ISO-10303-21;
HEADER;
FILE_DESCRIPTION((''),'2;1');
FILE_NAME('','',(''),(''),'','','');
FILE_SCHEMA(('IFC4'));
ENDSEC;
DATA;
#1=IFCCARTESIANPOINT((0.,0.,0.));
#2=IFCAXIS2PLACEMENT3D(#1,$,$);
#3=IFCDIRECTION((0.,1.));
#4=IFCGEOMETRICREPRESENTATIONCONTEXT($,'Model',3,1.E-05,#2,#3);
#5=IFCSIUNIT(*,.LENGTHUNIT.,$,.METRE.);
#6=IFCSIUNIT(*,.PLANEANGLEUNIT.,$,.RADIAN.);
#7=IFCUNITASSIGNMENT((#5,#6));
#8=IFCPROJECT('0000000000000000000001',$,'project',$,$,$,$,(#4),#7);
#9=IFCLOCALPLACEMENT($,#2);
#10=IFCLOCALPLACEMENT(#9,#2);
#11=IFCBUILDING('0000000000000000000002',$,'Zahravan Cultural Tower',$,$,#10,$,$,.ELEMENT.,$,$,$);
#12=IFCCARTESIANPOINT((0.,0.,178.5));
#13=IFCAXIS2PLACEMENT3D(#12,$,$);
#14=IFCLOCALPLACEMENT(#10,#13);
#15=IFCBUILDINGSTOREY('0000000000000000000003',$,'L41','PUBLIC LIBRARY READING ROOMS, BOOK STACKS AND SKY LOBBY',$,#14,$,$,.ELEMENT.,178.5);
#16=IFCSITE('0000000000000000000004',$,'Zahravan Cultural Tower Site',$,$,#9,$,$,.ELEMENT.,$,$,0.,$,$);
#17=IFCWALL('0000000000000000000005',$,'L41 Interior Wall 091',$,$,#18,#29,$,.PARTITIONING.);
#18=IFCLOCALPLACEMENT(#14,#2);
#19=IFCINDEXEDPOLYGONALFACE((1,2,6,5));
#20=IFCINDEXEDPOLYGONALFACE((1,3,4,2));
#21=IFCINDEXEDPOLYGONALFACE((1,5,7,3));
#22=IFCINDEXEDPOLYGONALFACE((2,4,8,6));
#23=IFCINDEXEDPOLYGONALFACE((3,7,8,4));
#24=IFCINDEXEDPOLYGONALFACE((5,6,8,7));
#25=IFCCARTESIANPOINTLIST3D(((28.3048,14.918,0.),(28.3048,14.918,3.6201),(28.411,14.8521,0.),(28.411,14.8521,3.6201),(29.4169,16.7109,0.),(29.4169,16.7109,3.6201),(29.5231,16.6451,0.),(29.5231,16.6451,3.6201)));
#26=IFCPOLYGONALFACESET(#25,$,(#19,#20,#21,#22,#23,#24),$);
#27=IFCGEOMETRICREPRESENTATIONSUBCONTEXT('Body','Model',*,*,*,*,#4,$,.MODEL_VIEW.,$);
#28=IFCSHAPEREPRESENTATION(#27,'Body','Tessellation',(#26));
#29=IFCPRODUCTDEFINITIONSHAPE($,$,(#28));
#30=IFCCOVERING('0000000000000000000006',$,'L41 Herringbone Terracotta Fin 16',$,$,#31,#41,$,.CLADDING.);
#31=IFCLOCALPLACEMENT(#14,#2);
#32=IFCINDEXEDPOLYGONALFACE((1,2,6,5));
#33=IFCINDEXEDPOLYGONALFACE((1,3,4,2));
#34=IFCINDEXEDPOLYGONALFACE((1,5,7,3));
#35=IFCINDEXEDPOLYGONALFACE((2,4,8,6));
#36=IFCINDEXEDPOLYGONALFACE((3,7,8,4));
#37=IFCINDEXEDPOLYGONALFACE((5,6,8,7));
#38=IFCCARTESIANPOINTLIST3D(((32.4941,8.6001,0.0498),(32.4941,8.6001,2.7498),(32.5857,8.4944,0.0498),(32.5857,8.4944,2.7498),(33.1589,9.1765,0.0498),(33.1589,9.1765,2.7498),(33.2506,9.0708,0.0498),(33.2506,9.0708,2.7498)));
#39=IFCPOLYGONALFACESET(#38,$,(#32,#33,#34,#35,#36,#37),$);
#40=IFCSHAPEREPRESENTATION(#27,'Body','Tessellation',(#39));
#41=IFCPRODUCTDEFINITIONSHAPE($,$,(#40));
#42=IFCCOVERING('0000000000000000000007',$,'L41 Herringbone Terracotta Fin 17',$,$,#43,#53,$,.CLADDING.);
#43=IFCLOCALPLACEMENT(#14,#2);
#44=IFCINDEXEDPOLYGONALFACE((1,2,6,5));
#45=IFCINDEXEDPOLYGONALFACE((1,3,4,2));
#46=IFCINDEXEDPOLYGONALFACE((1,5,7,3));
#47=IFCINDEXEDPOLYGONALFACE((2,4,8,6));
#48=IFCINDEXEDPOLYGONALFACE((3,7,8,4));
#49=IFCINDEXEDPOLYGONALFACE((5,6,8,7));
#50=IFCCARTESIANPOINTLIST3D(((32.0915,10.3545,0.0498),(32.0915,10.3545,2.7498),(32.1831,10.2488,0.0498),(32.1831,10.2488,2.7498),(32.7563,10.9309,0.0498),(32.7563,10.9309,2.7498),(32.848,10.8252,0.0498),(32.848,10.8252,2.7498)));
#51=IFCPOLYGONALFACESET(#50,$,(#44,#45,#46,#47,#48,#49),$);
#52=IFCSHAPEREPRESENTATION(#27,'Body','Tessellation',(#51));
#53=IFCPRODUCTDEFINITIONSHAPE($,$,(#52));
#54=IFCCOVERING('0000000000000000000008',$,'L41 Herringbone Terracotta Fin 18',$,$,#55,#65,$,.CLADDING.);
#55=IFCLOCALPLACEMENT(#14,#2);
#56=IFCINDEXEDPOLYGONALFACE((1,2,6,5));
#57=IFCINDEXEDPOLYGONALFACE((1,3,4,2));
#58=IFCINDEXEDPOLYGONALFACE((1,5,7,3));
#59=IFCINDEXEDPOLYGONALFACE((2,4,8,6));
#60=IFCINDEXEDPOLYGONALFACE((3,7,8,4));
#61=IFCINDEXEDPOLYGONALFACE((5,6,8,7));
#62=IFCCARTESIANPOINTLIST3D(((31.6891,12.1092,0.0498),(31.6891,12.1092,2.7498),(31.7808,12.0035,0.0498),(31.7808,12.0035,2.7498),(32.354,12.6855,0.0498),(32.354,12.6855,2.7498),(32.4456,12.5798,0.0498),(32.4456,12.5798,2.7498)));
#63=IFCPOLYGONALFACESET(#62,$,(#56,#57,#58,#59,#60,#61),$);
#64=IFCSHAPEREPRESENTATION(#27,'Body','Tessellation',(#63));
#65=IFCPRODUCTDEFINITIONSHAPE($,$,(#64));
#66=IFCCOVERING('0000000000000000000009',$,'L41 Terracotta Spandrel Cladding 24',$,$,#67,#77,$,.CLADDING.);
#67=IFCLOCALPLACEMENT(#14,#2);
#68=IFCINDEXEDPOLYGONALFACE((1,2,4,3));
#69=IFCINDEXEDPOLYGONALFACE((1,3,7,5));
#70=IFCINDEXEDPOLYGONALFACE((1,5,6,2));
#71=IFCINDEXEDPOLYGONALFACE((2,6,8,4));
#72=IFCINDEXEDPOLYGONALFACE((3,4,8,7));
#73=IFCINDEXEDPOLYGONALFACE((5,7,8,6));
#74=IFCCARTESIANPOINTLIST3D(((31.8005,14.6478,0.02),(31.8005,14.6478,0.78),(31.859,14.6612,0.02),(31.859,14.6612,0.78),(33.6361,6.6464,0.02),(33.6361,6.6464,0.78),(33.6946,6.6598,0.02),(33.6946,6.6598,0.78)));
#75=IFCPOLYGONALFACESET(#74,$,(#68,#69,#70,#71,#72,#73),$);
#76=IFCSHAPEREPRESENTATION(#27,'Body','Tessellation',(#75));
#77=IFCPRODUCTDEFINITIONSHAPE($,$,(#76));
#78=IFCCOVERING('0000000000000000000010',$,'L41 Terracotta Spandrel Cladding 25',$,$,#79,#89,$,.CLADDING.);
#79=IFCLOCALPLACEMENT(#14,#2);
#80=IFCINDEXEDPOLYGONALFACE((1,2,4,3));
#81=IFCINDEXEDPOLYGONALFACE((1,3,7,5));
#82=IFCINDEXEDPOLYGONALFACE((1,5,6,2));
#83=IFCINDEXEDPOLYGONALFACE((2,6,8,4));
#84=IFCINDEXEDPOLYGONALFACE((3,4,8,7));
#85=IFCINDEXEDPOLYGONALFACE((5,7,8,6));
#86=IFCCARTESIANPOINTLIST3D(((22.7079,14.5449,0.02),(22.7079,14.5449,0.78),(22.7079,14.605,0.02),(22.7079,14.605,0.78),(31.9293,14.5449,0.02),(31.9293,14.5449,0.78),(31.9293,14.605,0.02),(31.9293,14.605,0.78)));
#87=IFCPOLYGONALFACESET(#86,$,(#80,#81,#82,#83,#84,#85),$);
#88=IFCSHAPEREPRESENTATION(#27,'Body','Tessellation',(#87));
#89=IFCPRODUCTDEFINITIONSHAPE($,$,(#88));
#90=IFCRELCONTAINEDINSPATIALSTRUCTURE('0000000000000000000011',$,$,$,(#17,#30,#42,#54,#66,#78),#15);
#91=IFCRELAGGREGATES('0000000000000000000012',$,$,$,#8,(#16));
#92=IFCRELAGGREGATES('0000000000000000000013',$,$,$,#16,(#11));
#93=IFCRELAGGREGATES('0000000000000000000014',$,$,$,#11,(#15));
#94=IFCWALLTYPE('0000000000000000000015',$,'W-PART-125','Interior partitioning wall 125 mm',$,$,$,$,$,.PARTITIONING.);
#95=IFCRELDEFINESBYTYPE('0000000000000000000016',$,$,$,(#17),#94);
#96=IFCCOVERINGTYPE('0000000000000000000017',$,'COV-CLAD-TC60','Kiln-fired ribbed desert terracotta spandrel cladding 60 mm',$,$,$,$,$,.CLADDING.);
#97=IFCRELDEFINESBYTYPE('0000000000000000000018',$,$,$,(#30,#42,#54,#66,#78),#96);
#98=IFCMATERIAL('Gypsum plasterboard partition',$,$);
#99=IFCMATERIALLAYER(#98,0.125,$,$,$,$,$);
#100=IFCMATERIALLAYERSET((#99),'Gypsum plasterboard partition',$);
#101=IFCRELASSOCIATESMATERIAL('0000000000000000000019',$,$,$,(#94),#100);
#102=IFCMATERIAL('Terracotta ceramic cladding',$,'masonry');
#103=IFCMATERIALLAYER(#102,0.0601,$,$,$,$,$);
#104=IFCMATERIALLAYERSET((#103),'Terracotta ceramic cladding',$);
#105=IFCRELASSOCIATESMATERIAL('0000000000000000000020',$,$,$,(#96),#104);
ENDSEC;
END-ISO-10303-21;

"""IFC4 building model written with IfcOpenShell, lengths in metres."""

from ifc_helpers import new_model, si_unit, direction, frame, frame_2d, origin, origin_2d, place, context, subcontext, project, spatial, rectangle, extrude, source, transform, mapped, material, layer, layer_set, type_object, element, save


model = new_model("IFC4")

# Units and contexts
model_context = context("Model", 3, precision=1e-05, world=origin(), true_north=direction((0.0, 1.0)))
body_context = subcontext(model_context, "Body", "Model", "MODEL_VIEW")
ifc_project = project(units=[si_unit("LENGTHUNIT", "METRE"), si_unit("PLANEANGLEUNIT", "RADIAN")], contexts=[model_context])

# Site, building, storey
site_placement = place(None, origin())
site = spatial("IfcSite", under=ifc_project, at=site_placement, Name="Zahravan Cultural Tower Site", CompositionType="ELEMENT", RefElevation=0.0)
building_placement = place(site_placement, origin())
building = spatial("IfcBuilding", under=site, at=building_placement, Name="Zahravan Cultural Tower", CompositionType="ELEMENT")
storey_placement = place(building_placement, frame((0.0, 0.0, 178.5)))
storey = spatial("IfcBuildingStorey", under=building, at=storey_placement, Name="L41", Description="PUBLIC LIBRARY READING ROOMS, BOOK STACKS AND SKY LOBBY", CompositionType="ELEMENT", Elevation=178.5)

# Shared definitions
ifc_material_1 = material(Name="Gypsum plasterboard partition")
ifc_layer_1 = layer(ifc_material_1, 0.125)
ifc_layer_set_1 = layer_set([ifc_layer_1], Name="Gypsum plasterboard partition")
wall_type_1 = type_object("IfcWallType", Name="W-PART-125", Description="Interior partitioning wall 125 mm", PredefinedType="PARTITIONING", material=ifc_layer_set_1)

# Wall
shared_shape_1 = source(origin(), body_context, "Body", "SweptSolid", [
    extrude(rectangle(XDim=2.1099, YDim=0.125, at=frame_2d((1.0549, 0.0))), origin(), (0.0, 0.0, 1.0), 3.6201),
])
wall_1_placement = place(storey_placement, frame((28.3579, 14.885, 0.0), z_axis=(0.0, 0.0, 1.0), x_axis=(0.527083, 0.849814, 0.0)))
element("IfcWall", 1, at=wall_1_placement, inside=storey, type_object=wall_type_1, Name="L41 Interior Wall 091", PredefinedType="PARTITIONING", context=body_context, shape_type="MappedRepresentation", body=[
    mapped(shared_shape_1, transform((0.0, 0.0, 0.0), x_axis=(1.0, 0.0, 0.0), y_axis=(0.0, 1.0, 0.0), z_axis=(0.0, 0.0, 1.0), scale=1.0)),
])

# Coverings
ifc_material_2 = material(Name="Terracotta ceramic cladding", Category="masonry")
ifc_layer_2 = layer(ifc_material_2, 0.0601)
ifc_layer_set_2 = layer_set([ifc_layer_2], Name="Terracotta ceramic cladding")
covering_type = type_object("IfcCoveringType", Name="COV-CLAD-TC60", Description="Kiln-fired ribbed desert terracotta spandrel cladding 60 mm", PredefinedType="CLADDING", material=ifc_layer_set_2)
shared_shape_2 = source(origin(), body_context, "Body", "SweptSolid", [
    extrude(rectangle(XDim=0.8799, YDim=0.1399, at=origin_2d()), origin(), (0.0, 0.0, 1.0), 2.7),
])
for number, where, z_axis, x_axis, name in (
    (2, (32.8723, 8.8354, 0.0498), (0.0, 0.0, 1.0), (-0.755613, -0.655018, 0.0), "L41 Herringbone Terracotta Fin 16"),
    (3, (32.4697, 10.5898, 0.0498), (0.0, 0.0, 1.0), (-0.755613, -0.655018, 0.0), "L41 Herringbone Terracotta Fin 17"),
    (4, (32.0674, 12.3445, 0.0498), (0.0, 0.0, 1.0), (-0.755613, -0.655018, 0.0), "L41 Herringbone Terracotta Fin 18"),
):
    element("IfcCovering", number, at=place(storey_placement, frame(where, z_axis=z_axis, x_axis=x_axis)), inside=storey, type_object=covering_type, Name=name, PredefinedType="CLADDING", context=body_context, shape_type="MappedRepresentation", body=[
        mapped(shared_shape_2, transform((0.0, 0.0, 0.0), x_axis=(1.0, 0.0, 0.0), y_axis=(0.0, 1.0, 0.0), z_axis=(0.0, 0.0, 1.0), scale=1.0)),
    ])
shared_shape_3 = source(origin(), body_context, "Body", "SweptSolid", [
    extrude(rectangle(XDim=8.2092, YDim=0.0601, at=origin_2d()), origin(), (0.0, 0.0, 1.0), 0.76),
])
covering_1_placement = place(storey_placement, frame((32.7476, 10.6538, 0.02), z_axis=(0.0, 0.0, 1.0), x_axis=(-0.223607, 0.974679, 0.0)))
element("IfcCovering", 5, at=covering_1_placement, inside=storey, type_object=covering_type, Name="L41 Terracotta Spandrel Cladding 24", PredefinedType="CLADDING", context=body_context, shape_type="MappedRepresentation", body=[
    mapped(shared_shape_3, transform((0.0, 0.0, 0.0), x_axis=(1.0, 0.0, 0.0), y_axis=(0.0, 1.0, 0.0), z_axis=(0.0, 0.0, 1.0), scale=1.0)),
])
shared_shape_4 = source(origin(), body_context, "Body", "SweptSolid", [
    extrude(rectangle(XDim=9.2214, YDim=0.0601, at=origin_2d()), origin(), (0.0, 0.0, 1.0), 0.76),
])
covering_2_placement = place(storey_placement, frame((27.3186, 14.575, 0.02), z_axis=(0.0, 0.0, 1.0), x_axis=(-1.0, 0.0, 0.0)))
element("IfcCovering", 6, at=covering_2_placement, inside=storey, type_object=covering_type, Name="L41 Terracotta Spandrel Cladding 25", PredefinedType="CLADDING", context=body_context, shape_type="MappedRepresentation", body=[
    mapped(shared_shape_4, transform((0.0, 0.0, 0.0), x_axis=(1.0, 0.0, 0.0), y_axis=(0.0, 1.0, 0.0), z_axis=(0.0, 0.0, 1.0), scale=1.0)),
])

save(model, "model.ifc")
